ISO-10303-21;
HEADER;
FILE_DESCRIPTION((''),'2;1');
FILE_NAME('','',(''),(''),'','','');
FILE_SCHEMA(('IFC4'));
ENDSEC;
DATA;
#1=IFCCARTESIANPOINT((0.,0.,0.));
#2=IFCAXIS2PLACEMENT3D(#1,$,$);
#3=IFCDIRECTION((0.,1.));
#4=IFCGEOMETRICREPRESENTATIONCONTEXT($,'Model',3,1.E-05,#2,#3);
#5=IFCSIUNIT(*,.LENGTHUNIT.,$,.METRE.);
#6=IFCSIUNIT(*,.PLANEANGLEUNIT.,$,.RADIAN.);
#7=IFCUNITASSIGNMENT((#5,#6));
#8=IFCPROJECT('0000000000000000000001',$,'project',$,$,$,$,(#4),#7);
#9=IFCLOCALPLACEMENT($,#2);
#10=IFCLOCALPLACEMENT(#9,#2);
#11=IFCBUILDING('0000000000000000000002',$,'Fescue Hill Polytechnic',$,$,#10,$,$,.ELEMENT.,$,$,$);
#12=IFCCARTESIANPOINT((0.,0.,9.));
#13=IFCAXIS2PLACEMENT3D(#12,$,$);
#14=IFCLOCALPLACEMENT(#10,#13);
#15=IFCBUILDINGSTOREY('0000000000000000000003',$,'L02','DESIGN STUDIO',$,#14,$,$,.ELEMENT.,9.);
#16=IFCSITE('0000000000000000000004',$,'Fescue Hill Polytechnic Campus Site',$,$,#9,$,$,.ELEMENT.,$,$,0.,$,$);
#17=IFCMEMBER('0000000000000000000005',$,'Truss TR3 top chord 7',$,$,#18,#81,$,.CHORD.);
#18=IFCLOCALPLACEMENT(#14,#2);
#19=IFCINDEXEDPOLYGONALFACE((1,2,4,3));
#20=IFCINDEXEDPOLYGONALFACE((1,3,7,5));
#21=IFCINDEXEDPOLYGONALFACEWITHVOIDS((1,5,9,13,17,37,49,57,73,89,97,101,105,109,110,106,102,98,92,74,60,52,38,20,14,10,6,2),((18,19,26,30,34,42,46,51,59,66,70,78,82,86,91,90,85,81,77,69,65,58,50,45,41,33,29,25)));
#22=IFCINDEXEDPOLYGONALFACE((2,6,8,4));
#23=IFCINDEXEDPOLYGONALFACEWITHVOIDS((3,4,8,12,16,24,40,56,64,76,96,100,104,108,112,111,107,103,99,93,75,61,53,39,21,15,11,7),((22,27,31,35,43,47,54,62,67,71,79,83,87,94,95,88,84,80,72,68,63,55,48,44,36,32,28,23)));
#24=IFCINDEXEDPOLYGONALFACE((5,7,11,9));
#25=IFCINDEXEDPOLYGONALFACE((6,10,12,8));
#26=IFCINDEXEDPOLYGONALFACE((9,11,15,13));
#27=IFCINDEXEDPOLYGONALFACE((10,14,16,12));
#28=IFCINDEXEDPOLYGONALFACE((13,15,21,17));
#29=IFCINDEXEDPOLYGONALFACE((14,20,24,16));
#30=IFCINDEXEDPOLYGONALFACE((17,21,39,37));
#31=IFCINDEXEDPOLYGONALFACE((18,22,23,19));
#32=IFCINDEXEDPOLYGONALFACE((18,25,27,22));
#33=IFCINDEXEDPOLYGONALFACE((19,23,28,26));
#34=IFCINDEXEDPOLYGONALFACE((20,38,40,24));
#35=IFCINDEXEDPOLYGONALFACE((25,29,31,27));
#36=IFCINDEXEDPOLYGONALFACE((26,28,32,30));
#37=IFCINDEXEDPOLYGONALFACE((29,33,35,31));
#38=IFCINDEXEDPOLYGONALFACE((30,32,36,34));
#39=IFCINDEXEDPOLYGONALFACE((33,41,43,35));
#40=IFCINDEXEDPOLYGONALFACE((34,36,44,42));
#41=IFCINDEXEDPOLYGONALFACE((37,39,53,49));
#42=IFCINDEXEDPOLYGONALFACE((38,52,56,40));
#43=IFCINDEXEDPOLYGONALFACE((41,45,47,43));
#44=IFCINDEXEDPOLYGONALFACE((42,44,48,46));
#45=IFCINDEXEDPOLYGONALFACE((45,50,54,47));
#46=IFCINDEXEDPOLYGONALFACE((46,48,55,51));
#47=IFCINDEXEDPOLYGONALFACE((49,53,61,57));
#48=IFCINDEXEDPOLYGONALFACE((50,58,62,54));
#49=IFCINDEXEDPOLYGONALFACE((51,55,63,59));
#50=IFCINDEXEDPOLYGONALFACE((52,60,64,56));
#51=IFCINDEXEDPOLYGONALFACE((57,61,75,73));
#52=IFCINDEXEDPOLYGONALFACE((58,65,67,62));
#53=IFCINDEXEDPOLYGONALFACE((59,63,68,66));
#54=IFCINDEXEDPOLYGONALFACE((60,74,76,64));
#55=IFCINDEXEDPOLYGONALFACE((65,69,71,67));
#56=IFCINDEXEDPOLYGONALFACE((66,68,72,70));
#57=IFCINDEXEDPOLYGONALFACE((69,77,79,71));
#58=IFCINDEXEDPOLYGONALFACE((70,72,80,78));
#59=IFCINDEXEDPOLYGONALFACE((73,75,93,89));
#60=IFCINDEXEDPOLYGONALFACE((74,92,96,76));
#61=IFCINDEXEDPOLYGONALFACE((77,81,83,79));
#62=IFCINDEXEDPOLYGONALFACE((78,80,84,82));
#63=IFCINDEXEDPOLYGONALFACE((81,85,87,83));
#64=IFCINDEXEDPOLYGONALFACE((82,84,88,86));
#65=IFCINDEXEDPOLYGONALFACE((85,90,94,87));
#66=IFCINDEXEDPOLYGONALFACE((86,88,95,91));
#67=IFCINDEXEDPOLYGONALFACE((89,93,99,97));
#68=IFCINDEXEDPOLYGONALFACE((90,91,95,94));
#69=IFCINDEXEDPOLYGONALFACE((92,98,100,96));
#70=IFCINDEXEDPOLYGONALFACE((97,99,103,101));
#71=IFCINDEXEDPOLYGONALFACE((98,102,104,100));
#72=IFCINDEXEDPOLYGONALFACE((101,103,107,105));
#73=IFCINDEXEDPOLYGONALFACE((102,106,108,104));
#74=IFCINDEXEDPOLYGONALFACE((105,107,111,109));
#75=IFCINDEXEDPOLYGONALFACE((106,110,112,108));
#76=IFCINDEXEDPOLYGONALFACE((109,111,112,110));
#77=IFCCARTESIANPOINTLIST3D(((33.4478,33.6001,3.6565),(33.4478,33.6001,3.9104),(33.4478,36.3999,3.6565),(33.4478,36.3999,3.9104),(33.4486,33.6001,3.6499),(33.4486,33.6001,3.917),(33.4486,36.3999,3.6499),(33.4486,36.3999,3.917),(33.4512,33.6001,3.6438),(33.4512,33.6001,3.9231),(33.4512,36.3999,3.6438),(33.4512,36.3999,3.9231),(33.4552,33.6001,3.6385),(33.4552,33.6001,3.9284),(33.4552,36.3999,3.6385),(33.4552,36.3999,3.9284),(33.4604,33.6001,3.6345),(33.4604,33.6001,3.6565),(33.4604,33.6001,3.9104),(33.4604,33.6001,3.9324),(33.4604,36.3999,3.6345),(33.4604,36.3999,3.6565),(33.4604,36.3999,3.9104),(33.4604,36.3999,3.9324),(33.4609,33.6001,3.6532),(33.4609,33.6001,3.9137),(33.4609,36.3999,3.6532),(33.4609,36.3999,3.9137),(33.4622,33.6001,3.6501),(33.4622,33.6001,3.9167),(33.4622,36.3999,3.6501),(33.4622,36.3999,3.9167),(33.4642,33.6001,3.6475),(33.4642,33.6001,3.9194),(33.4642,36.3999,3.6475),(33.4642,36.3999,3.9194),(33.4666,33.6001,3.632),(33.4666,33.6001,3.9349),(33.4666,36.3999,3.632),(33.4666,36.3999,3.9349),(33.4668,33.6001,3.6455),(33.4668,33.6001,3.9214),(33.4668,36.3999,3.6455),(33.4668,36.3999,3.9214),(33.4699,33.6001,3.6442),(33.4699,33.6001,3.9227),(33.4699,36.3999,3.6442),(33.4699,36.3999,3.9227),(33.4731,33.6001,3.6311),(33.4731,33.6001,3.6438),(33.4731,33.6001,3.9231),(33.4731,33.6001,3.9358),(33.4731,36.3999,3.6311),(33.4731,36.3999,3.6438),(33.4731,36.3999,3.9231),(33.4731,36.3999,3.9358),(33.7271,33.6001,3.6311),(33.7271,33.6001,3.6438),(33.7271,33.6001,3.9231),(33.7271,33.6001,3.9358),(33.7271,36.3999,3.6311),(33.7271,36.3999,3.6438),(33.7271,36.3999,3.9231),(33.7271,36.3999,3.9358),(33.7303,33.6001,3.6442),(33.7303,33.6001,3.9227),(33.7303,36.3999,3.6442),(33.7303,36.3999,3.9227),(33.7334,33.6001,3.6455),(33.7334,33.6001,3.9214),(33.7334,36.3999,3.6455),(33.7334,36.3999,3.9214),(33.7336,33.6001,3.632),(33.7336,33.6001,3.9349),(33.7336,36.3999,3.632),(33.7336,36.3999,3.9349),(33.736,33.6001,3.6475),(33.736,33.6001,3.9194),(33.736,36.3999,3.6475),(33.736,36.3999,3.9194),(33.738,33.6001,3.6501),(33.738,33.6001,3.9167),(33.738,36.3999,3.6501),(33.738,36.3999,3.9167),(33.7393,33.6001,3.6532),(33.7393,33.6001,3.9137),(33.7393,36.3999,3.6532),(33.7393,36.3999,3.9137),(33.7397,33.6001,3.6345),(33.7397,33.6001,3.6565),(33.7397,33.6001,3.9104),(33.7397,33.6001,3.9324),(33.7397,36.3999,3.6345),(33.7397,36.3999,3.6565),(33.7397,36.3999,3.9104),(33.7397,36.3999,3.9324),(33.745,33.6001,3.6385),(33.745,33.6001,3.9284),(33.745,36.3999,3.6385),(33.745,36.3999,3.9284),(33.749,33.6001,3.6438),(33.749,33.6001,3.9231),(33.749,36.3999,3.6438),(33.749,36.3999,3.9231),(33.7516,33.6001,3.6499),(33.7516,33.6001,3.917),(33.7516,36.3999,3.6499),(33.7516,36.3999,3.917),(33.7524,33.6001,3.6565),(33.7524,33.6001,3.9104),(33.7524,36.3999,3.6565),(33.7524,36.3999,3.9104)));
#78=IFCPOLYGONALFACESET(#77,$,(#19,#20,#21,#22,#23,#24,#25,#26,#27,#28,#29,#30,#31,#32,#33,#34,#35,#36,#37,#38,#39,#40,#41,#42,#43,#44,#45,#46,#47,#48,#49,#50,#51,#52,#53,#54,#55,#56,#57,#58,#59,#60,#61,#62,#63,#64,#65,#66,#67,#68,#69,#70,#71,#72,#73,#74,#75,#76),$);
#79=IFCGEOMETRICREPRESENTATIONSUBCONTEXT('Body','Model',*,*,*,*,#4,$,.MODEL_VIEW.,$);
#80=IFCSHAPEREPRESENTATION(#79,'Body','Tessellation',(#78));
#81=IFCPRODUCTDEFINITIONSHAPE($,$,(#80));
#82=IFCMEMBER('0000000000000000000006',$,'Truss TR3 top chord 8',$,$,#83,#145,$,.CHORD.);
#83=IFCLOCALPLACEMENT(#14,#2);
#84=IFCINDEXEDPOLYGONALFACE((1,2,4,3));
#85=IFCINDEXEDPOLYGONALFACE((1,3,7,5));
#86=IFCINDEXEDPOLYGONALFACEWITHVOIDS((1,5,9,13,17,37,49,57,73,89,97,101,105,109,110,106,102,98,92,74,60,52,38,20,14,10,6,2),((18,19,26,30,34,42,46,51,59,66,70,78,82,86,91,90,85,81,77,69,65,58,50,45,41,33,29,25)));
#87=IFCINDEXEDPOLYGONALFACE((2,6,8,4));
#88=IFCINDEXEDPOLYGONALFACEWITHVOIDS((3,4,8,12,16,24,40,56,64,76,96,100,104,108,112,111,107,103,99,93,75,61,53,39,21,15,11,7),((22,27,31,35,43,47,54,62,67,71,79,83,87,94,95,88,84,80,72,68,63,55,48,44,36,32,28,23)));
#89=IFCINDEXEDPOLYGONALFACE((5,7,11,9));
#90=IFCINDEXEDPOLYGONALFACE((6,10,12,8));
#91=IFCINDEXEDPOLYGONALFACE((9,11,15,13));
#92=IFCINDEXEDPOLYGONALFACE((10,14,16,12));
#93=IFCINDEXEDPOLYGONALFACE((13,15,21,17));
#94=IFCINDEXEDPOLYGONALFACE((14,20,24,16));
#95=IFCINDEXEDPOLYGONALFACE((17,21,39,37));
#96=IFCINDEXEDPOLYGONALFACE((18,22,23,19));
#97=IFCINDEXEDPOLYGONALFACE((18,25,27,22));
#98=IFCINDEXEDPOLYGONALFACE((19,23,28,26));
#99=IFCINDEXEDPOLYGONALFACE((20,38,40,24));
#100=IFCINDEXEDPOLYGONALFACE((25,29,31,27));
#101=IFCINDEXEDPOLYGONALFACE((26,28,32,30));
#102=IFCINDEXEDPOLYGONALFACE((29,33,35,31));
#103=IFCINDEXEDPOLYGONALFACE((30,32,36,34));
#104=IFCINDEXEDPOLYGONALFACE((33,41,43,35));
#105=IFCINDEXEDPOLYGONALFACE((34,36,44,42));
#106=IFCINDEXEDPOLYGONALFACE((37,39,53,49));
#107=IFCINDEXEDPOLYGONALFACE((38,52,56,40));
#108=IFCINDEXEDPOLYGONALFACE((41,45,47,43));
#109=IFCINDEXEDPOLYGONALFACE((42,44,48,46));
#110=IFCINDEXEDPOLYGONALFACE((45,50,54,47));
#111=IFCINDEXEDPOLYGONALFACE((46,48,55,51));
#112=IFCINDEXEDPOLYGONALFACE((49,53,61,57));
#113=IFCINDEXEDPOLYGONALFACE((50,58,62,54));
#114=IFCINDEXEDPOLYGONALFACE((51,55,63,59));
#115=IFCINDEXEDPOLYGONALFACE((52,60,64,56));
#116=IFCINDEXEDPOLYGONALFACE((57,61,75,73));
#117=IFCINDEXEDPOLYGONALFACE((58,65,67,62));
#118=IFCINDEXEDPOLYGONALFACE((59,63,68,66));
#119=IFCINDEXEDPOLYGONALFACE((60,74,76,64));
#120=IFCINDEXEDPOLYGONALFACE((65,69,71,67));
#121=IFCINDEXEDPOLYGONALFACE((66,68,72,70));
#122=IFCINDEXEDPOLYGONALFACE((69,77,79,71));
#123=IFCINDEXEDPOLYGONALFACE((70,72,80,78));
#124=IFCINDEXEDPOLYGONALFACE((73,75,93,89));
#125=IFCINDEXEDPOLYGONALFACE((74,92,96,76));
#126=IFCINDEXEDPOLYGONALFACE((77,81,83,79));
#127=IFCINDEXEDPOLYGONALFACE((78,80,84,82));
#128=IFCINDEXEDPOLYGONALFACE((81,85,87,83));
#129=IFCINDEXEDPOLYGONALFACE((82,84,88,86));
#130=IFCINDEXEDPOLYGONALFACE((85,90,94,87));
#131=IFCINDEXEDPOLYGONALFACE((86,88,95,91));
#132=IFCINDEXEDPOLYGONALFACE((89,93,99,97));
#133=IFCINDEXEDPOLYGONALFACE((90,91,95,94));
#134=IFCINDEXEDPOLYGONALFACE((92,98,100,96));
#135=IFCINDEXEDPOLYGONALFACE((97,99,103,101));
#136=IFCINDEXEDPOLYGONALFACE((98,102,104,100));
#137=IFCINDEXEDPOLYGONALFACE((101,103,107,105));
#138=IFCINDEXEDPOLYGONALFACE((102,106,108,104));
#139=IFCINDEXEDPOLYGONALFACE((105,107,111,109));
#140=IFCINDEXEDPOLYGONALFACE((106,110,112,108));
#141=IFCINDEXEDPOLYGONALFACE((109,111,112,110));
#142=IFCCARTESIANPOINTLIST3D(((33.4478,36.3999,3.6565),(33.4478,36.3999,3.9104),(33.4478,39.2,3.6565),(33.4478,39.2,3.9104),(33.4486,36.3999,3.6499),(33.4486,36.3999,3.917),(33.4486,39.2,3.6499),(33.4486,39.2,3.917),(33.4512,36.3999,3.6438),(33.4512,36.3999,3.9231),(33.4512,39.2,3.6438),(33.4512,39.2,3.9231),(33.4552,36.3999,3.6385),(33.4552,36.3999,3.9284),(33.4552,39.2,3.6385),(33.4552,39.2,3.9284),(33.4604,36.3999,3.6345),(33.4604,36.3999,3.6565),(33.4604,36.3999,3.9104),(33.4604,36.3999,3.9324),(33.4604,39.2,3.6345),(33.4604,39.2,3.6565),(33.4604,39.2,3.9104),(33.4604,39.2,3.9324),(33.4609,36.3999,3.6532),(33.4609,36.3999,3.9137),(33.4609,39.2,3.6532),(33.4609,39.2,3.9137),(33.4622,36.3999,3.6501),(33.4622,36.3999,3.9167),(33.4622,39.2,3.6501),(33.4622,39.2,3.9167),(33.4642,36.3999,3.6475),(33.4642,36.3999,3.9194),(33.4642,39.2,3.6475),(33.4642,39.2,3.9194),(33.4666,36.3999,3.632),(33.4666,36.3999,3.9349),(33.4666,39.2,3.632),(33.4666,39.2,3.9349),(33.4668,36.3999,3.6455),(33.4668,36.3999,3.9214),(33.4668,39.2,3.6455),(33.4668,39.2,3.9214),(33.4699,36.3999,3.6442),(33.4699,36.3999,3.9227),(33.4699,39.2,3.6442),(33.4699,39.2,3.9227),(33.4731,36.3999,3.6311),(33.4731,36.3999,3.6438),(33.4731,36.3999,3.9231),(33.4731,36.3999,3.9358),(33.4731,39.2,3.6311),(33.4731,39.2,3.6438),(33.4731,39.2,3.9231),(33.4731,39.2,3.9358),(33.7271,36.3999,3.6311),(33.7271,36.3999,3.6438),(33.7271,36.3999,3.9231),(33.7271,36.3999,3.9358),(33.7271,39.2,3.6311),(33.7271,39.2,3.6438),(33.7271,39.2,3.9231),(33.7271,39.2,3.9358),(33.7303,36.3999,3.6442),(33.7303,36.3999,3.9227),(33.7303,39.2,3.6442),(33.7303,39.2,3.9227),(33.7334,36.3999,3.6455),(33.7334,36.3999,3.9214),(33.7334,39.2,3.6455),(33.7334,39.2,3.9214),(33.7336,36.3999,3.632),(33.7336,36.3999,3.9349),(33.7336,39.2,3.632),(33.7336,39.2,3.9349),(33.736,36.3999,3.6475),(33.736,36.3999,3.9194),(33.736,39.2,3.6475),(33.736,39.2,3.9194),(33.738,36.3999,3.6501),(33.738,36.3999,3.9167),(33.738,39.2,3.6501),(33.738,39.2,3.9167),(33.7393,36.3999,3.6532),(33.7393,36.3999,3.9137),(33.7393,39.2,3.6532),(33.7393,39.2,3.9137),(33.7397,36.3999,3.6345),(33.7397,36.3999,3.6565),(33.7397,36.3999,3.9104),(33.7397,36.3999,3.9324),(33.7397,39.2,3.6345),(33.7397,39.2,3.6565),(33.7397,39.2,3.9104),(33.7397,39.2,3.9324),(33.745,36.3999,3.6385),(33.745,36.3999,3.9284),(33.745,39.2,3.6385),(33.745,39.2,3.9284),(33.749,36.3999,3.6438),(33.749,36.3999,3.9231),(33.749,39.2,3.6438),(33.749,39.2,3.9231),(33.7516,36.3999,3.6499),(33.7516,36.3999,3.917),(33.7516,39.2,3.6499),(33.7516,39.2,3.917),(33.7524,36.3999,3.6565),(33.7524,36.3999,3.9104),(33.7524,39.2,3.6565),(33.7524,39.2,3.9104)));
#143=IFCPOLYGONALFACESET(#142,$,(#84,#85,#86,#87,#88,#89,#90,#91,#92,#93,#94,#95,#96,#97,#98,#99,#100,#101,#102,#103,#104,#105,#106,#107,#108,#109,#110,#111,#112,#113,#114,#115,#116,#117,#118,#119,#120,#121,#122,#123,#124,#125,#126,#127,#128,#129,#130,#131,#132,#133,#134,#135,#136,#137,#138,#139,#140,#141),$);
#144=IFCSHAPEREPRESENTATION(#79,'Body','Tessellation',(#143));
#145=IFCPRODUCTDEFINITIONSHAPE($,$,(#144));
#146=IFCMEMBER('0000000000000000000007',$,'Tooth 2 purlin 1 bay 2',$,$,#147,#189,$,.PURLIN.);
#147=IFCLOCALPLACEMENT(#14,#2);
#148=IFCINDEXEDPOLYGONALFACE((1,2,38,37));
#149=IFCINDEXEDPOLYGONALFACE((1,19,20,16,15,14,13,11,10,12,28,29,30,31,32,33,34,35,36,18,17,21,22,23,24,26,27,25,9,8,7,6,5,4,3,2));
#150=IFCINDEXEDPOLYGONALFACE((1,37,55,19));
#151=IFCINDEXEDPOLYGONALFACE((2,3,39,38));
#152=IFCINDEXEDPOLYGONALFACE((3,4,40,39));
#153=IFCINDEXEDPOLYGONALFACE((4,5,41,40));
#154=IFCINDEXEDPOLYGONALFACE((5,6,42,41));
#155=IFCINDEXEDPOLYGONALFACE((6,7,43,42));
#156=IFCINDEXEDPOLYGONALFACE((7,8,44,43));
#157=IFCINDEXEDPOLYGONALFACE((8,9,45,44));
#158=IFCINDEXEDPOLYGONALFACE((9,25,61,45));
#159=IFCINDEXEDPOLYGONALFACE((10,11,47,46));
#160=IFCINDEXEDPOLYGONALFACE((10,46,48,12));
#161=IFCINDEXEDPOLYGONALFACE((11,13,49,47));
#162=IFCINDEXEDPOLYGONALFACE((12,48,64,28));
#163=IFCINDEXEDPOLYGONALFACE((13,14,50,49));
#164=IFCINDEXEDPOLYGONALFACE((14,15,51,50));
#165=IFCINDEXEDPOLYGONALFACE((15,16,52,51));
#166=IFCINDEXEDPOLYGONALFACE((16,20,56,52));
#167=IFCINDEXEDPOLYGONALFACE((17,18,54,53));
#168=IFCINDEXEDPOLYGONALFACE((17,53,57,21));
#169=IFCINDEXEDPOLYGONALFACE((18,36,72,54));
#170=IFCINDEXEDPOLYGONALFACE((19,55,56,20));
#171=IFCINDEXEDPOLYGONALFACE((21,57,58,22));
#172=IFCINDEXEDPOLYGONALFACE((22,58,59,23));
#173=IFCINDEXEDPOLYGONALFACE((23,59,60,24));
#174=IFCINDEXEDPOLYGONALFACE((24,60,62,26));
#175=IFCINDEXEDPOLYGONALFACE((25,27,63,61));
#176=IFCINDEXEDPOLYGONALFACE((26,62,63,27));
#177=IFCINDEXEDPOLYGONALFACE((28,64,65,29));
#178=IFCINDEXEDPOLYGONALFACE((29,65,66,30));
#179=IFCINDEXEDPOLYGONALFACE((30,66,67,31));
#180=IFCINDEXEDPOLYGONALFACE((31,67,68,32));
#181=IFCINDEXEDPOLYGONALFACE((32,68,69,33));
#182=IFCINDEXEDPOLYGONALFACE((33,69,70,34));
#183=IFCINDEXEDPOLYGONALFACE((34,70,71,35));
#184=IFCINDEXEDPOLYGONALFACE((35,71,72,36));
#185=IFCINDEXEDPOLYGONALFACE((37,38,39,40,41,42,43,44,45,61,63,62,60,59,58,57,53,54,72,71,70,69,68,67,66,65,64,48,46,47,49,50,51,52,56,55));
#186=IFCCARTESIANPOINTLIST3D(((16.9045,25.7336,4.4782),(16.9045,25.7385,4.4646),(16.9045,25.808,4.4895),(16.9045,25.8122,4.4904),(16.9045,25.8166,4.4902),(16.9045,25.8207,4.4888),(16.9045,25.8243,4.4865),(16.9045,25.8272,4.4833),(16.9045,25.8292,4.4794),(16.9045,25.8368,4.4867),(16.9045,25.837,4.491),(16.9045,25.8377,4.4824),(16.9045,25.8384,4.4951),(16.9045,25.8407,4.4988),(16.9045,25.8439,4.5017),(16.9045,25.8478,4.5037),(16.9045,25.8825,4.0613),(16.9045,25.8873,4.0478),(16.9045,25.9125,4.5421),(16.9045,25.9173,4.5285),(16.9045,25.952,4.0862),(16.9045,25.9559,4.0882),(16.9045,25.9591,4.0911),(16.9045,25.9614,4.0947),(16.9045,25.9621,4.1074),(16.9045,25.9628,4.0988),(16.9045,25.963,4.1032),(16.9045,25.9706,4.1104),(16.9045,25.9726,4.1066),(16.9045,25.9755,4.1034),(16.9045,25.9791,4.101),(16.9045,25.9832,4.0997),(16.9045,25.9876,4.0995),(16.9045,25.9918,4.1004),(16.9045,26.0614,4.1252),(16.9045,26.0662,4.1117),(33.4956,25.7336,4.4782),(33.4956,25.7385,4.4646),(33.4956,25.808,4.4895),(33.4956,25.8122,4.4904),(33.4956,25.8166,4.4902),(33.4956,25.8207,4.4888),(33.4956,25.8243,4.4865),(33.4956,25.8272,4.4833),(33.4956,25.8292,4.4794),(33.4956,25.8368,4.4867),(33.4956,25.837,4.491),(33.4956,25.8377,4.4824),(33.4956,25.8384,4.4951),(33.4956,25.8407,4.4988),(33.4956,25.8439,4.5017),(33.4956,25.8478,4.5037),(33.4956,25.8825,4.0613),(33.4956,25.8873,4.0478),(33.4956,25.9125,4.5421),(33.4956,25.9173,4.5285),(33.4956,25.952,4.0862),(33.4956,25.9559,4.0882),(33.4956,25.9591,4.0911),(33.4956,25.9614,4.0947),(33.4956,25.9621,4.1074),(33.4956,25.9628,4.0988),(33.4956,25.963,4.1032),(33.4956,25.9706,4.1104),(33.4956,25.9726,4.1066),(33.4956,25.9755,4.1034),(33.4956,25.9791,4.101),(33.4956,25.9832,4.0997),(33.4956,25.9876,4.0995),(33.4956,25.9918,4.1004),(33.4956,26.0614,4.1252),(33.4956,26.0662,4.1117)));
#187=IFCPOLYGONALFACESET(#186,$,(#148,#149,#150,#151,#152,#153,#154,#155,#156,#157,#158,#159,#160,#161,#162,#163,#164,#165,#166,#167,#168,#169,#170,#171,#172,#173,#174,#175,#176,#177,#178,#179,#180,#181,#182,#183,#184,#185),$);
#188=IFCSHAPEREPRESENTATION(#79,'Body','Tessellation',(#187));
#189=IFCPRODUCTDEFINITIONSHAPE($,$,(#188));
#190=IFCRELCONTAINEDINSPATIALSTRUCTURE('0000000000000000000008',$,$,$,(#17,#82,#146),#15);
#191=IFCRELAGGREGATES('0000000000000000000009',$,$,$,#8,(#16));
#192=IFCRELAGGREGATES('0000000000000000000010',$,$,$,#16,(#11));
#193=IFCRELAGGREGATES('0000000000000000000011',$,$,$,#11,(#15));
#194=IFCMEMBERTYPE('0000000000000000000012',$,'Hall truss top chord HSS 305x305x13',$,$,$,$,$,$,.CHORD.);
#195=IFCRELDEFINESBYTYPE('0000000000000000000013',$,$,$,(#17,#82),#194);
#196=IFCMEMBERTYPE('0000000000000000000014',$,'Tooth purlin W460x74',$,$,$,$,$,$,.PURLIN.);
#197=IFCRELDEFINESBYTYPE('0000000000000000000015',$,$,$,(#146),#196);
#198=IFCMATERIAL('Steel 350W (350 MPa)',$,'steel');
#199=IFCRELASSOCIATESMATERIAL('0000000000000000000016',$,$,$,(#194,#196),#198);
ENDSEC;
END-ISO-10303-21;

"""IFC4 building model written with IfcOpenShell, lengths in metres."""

from ifc_helpers import new_model, si_unit, direction, frame, origin, origin_2d, place, context, subcontext, project, spatial, hollow_rectangle, i_section, extrude, material, material_profile, profile_set, type_object, element, save


model = new_model("IFC4")

# Units and contexts
model_context = context("Model", 3, precision=1e-05, world=origin(), true_north=direction((0.0, 1.0)))
body_context = subcontext(model_context, "Body", "Model", "MODEL_VIEW")
ifc_project = project(units=[si_unit("LENGTHUNIT", "METRE"), si_unit("PLANEANGLEUNIT", "RADIAN")], contexts=[model_context])

# Site, building, storey
site_placement = place(None, origin())
site = spatial("IfcSite", under=ifc_project, at=site_placement, Name="Fescue Hill Polytechnic Campus Site", CompositionType="ELEMENT", RefElevation=0.0)
building_placement = place(site_placement, origin())
building = spatial("IfcBuilding", under=site, at=building_placement, Name="Fescue Hill Polytechnic", CompositionType="ELEMENT")
storey_placement = place(building_placement, frame((0.0, 0.0, 9.0)))
storey = spatial("IfcBuildingStorey", under=building, at=storey_placement, Name="L02", Description="DESIGN STUDIO", CompositionType="ELEMENT", Elevation=9.0)

# Members
ifc_material = material(Name="Steel 350W (350 MPa)", Category="steel")
ifc_material_profile_1 = material_profile(ifc_material, hollow_rectangle(XDim=0.3047, YDim=0.3047, WallThickness=0.0127, InnerFilletRadius=0.0127, OuterFilletRadius=0.0254, at=origin_2d()), Name="Hall truss top chord HSS 305x305x13")
ifc_profile_set_1 = profile_set([ifc_material_profile_1], Name="Steel 350W (350 MPa)")
member_type_1 = type_object("IfcMemberType", Name="Hall truss top chord HSS 305x305x13", PredefinedType="CHORD", material=ifc_profile_set_1)
member_1_placement = place(storey_placement, frame((33.6001, 33.6001, 3.7834), z_axis=(0.0, 1.0, 0.0), x_axis=(-1.0, 0.0, 0.0)))
element("IfcMember", 1, at=member_1_placement, inside=storey, type_object=member_type_1, Name="Truss TR3 top chord 7", PredefinedType="CHORD", context=body_context, shape_type="SweptSolid", body=[
    extrude(hollow_rectangle(XDim=0.3047, YDim=0.3047, WallThickness=0.0127, InnerFilletRadius=0.0127, OuterFilletRadius=0.0254, at=origin_2d()), origin(), (0.0, 0.0, 1.0), 2.7998),
])
member_2_placement = place(storey_placement, frame((33.6001, 36.3999, 3.7834), z_axis=(0.0, 1.0, 0.0), x_axis=(-1.0, 0.0, 0.0)))
element("IfcMember", 2, at=member_2_placement, inside=storey, type_object=member_type_1, Name="Truss TR3 top chord 8", PredefinedType="CHORD", context=body_context, shape_type="SweptSolid", body=[
    extrude(hollow_rectangle(XDim=0.3047, YDim=0.3047, WallThickness=0.0127, InnerFilletRadius=0.0127, OuterFilletRadius=0.0254, at=origin_2d()), origin(), (0.0, 0.0, 1.0), 2.8),
])
ifc_material_profile_2 = material_profile(ifc_material, i_section(OverallWidth=0.1899, OverallDepth=0.457, WebThickness=0.009, FlangeThickness=0.0144, FilletRadius=0.0166, at=origin_2d()), Name="W460x74")
ifc_profile_set_2 = profile_set([ifc_material_profile_2], Name="Steel 350W (350 MPa)")
member_type_2 = type_object("IfcMemberType", Name="Tooth purlin W460x74", PredefinedType="PURLIN", material=ifc_profile_set_2)
for number, where, z_axis, x_axis, name in (
    (3, (16.9045, 25.8999, 4.2949), (1.0, 0.0, 0.0), (0.0, 0.941742, 0.336336), "Tooth 2 purlin 1 bay 2"),
):
    element("IfcMember", number, at=place(storey_placement, frame(where, z_axis=z_axis, x_axis=x_axis)), inside=storey, type_object=member_type_2, Name=name, PredefinedType="PURLIN", context=body_context, shape_type="SweptSolid", body=[
        extrude(i_section(OverallWidth=0.1899, OverallDepth=0.457, WebThickness=0.009, FlangeThickness=0.0144, FilletRadius=0.0166, at=origin_2d()), origin(), (0.0, 0.0, 1.0), 16.5911),
    ])

save(model, "model.ifc")
